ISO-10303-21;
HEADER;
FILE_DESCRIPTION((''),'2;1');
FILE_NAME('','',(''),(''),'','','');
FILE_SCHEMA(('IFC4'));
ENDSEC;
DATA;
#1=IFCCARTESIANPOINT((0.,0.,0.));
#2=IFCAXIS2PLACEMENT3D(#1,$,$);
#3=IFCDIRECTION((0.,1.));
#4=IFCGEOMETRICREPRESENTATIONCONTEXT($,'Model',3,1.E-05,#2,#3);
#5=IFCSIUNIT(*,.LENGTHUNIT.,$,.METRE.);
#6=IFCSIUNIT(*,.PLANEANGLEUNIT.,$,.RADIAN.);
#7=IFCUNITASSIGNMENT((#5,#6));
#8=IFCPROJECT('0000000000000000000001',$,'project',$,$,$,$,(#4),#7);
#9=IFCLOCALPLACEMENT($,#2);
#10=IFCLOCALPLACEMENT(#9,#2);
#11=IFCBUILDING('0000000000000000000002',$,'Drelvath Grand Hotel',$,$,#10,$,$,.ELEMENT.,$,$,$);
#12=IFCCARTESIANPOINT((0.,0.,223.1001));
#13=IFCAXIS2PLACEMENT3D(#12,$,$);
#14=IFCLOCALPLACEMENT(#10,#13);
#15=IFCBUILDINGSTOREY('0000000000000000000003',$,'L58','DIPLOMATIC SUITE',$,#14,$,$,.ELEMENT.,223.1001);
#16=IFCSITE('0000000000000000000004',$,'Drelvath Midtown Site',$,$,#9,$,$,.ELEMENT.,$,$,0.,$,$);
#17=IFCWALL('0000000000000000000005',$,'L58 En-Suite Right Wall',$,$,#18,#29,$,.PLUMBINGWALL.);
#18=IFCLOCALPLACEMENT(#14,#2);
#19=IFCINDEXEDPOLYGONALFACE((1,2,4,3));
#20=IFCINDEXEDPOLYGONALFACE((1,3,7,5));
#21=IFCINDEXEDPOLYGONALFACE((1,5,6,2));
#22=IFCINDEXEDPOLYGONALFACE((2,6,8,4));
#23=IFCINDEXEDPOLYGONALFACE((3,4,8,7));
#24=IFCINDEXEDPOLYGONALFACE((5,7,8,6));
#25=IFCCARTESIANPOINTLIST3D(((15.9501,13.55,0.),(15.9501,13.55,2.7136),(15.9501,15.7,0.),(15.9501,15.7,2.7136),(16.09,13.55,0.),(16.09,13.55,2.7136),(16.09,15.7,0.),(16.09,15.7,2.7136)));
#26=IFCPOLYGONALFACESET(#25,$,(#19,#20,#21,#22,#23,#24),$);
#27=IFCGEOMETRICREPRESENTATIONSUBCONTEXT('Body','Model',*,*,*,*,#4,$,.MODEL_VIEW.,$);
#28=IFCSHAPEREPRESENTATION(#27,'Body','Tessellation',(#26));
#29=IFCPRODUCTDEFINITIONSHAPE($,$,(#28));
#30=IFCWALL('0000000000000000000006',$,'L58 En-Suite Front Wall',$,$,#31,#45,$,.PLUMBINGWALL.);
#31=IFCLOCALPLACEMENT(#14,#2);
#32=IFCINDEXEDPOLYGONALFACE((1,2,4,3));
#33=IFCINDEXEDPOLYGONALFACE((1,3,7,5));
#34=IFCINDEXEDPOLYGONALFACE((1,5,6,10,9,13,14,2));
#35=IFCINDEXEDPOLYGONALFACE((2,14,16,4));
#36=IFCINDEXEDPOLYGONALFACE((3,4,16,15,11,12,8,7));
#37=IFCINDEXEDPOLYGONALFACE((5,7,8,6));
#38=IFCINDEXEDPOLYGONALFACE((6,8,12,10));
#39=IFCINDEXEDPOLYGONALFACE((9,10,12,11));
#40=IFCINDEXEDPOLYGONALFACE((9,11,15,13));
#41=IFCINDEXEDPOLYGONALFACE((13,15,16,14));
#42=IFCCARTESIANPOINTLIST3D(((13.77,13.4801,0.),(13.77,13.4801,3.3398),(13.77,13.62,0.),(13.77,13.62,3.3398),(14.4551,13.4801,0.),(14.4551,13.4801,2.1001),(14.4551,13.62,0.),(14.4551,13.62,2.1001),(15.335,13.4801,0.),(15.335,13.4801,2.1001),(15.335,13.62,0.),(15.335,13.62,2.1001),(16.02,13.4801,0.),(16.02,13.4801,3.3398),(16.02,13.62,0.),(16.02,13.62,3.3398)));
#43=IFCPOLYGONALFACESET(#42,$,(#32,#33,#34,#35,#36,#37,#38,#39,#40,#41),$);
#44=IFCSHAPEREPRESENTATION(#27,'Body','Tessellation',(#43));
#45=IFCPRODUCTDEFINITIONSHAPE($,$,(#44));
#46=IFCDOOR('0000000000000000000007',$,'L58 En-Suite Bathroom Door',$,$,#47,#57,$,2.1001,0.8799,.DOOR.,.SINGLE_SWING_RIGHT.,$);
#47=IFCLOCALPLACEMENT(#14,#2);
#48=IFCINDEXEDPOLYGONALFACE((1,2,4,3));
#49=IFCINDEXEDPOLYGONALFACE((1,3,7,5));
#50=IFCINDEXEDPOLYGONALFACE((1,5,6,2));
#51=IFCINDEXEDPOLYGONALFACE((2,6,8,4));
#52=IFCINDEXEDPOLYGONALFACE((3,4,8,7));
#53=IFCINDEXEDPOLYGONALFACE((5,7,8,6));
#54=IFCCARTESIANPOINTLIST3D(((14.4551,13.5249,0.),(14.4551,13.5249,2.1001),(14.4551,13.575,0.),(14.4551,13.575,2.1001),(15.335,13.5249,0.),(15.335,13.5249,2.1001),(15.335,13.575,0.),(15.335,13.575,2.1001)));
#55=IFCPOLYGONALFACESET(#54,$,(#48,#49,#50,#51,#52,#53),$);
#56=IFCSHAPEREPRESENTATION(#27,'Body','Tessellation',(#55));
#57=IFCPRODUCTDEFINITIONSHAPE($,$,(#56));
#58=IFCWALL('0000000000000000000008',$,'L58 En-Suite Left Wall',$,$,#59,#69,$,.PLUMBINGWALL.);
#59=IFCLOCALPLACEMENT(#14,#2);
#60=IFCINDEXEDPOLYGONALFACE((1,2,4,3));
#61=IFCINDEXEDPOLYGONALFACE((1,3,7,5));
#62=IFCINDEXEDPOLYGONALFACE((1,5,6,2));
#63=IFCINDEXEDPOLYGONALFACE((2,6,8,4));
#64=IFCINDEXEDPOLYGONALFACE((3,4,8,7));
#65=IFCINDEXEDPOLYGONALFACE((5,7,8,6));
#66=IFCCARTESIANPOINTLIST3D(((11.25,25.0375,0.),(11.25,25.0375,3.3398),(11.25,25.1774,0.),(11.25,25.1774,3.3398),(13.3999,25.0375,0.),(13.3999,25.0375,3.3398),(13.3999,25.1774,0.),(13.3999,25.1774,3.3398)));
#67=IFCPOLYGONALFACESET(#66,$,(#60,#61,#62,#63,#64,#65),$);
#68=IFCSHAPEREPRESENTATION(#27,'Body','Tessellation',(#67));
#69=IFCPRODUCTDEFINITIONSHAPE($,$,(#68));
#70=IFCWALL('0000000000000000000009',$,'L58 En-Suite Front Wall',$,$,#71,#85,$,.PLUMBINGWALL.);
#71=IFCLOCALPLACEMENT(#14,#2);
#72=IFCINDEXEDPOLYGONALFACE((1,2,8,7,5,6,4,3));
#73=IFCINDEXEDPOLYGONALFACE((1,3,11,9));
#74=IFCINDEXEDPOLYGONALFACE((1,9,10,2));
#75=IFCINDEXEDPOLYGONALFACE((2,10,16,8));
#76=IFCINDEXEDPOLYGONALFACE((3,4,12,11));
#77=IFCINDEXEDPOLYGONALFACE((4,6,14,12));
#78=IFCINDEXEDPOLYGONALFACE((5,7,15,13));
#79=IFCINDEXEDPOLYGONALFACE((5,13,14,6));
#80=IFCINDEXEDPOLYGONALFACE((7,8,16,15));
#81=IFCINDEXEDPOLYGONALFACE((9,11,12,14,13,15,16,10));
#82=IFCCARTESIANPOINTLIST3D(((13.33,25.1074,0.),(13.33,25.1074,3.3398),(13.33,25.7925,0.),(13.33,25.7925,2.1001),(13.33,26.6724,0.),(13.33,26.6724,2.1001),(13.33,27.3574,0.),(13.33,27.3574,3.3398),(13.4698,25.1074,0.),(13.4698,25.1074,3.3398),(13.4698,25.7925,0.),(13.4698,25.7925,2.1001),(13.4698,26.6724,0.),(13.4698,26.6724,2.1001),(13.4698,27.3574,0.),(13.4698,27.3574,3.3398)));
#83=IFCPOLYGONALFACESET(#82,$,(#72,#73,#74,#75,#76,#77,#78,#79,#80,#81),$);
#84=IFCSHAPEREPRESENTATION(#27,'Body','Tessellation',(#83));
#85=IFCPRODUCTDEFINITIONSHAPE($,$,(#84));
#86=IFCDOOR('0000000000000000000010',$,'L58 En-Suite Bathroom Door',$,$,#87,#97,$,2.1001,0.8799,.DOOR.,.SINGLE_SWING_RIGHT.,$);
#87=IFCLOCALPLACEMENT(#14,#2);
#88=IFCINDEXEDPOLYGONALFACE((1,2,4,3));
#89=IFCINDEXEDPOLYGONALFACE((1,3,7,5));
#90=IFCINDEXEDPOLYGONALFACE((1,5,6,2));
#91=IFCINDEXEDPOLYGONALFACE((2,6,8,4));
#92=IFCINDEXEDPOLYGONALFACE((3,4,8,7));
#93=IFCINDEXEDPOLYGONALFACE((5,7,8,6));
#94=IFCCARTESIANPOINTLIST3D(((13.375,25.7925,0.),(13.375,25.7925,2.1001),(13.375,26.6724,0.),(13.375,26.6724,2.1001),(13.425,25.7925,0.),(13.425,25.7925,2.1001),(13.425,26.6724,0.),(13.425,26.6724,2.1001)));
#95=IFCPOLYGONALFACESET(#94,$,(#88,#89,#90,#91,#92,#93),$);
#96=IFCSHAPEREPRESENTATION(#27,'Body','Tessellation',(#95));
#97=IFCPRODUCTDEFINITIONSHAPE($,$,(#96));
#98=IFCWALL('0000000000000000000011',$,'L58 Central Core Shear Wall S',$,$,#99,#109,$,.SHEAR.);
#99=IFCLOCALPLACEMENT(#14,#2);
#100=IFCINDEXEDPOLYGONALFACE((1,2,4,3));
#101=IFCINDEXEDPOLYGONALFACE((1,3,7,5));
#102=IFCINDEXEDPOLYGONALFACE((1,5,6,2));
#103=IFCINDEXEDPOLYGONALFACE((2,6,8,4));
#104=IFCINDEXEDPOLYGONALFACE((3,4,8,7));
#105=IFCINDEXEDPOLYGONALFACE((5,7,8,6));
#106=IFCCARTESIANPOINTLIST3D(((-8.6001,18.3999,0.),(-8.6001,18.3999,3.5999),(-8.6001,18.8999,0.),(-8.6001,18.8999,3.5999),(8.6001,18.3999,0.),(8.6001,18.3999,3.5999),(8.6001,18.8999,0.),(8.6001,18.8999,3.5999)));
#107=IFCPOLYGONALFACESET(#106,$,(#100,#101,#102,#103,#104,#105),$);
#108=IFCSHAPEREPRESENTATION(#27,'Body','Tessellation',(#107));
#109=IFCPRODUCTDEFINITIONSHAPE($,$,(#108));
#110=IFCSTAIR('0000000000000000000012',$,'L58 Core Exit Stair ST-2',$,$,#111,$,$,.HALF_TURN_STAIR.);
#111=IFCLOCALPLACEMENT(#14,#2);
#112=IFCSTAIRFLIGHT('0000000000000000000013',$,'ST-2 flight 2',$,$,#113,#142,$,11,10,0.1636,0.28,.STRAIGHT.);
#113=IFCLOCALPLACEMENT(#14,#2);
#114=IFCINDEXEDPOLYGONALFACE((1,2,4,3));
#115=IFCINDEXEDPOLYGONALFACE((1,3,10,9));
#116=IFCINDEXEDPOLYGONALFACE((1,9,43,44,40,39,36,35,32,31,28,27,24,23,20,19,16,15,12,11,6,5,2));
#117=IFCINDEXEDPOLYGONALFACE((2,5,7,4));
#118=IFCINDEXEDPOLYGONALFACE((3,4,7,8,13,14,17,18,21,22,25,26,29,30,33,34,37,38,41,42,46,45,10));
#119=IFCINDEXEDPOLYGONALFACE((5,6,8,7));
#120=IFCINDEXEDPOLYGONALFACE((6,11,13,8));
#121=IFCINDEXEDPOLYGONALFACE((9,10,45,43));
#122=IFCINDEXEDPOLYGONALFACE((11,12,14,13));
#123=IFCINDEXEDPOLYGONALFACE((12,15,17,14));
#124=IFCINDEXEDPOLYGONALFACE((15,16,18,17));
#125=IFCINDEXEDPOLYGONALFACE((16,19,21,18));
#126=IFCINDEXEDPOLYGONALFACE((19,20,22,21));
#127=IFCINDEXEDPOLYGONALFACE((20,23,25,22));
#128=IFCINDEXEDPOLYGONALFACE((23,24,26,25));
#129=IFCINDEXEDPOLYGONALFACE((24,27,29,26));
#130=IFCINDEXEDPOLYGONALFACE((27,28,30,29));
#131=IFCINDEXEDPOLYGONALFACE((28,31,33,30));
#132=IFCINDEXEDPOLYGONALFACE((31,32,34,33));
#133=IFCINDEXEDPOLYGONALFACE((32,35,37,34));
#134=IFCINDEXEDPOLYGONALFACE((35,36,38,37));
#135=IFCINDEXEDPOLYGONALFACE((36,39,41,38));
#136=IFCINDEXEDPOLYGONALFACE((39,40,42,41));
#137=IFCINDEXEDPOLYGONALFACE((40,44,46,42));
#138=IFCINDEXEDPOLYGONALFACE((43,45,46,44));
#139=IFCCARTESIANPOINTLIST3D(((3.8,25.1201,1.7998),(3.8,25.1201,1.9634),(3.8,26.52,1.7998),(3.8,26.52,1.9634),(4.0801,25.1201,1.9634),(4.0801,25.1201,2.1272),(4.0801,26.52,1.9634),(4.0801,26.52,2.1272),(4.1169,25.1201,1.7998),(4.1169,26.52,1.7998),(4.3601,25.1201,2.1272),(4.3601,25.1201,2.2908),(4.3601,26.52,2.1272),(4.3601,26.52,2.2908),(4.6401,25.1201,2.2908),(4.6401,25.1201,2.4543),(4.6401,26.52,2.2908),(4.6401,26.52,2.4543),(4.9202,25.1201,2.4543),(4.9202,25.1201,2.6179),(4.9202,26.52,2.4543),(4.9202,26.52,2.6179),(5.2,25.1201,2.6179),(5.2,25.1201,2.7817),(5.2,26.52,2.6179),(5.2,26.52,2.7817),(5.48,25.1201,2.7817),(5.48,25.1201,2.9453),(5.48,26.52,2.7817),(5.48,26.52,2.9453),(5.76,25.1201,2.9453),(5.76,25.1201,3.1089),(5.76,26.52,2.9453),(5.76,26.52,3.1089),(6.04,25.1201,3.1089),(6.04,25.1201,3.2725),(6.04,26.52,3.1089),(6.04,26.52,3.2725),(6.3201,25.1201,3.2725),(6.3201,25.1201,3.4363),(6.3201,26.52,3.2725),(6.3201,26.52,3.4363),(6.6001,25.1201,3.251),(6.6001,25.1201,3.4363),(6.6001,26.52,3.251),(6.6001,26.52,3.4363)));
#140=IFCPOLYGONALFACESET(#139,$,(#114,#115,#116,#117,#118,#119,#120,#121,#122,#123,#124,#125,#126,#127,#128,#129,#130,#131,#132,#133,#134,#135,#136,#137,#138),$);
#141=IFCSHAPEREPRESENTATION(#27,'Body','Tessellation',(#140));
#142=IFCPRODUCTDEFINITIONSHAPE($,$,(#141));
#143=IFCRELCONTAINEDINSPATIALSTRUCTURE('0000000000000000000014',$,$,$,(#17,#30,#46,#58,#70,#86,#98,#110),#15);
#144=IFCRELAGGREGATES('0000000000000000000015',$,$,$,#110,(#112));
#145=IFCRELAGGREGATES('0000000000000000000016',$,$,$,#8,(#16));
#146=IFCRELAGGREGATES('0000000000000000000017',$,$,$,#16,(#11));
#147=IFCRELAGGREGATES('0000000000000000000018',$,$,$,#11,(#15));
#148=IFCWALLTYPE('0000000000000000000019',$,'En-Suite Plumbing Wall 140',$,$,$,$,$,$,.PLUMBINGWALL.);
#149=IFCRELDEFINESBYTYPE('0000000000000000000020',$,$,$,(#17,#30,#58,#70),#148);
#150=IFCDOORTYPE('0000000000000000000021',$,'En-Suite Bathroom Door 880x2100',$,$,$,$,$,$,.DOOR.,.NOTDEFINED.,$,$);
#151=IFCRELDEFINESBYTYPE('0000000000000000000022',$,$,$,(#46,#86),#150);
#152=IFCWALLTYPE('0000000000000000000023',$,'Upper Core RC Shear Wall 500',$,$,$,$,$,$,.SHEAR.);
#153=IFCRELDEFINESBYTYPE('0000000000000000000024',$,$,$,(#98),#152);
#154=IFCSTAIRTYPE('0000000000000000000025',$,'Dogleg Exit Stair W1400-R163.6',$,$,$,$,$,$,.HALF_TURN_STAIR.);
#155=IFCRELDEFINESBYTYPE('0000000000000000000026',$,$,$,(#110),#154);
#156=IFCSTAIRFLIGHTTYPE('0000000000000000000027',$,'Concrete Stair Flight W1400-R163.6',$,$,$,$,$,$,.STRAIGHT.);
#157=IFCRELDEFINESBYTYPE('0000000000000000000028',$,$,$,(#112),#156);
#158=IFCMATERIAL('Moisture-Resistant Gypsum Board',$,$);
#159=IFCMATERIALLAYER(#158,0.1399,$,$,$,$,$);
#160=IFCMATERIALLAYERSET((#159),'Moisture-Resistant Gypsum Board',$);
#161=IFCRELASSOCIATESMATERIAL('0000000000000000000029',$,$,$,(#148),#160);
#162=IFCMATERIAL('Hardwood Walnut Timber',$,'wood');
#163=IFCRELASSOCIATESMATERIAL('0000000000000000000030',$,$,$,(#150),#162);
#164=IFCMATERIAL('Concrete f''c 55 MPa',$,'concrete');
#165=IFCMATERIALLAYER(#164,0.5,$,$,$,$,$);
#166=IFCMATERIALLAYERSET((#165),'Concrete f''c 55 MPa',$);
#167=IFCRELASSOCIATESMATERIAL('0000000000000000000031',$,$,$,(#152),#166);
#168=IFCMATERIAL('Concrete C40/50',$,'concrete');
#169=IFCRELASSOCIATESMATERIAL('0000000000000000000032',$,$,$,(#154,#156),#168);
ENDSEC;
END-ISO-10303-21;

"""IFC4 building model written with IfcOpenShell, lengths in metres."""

from ifc_helpers import new_model, si_unit, direction, frame, frame_2d, origin, place, context, subcontext, project, spatial, polyline, rectangle, outline, extrude, material, layer, layer_set, type_object, element, fill, aggregate, save


model = new_model("IFC4")

# Units and contexts
model_context = context("Model", 3, precision=1e-05, world=origin(), true_north=direction((0.0, 1.0)))
body_context = subcontext(model_context, "Body", "Model", "MODEL_VIEW")
ifc_project = project(units=[si_unit("LENGTHUNIT", "METRE"), si_unit("PLANEANGLEUNIT", "RADIAN")], contexts=[model_context])

# Site, building, storey
site_placement = place(None, origin())
site = spatial("IfcSite", under=ifc_project, at=site_placement, Name="Drelvath Midtown Site", CompositionType="ELEMENT", RefElevation=0.0)
building_placement = place(site_placement, origin())
building = spatial("IfcBuilding", under=site, at=building_placement, Name="Drelvath Grand Hotel", CompositionType="ELEMENT")
storey_placement = place(building_placement, frame((0.0, 0.0, 223.1001)))
storey = spatial("IfcBuildingStorey", under=building, at=storey_placement, Name="L58", Description="DIPLOMATIC SUITE", CompositionType="ELEMENT", Elevation=223.1001)

# Shared definitions
ifc_material_1 = material(Name="Concrete f'c 55 MPa", Category="concrete")

# Shared definitions
ifc_material_2 = material(Name="Concrete C40/50", Category="concrete")

# Shared definitions
ifc_material_3 = material(Name="Hardwood Walnut Timber", Category="wood")

# Wall
ifc_material_4 = material(Name="Moisture-Resistant Gypsum Board")
ifc_layer_1 = layer(ifc_material_4, 0.1399)
ifc_layer_set_1 = layer_set([ifc_layer_1], Name="Moisture-Resistant Gypsum Board")
wall_type_1 = type_object("IfcWallType", Name="En-Suite Plumbing Wall 140", PredefinedType="PLUMBINGWALL", material=ifc_layer_set_1)
wall_1_placement = place(storey_placement, frame((16.02, 15.7, 0.0), z_axis=(0.0, 0.0, 1.0), x_axis=(0.0, -1.0, 0.0)))
element("IfcWall", 1, at=wall_1_placement, inside=storey, type_object=wall_type_1, Name="L58 En-Suite Right Wall", PredefinedType="PLUMBINGWALL", context=body_context, shape_type="SweptSolid", body=[
    extrude(rectangle(XDim=2.1499, YDim=0.1399, at=frame_2d((1.075, 0.0))), origin(), (0.0, 0.0, 1.0), 2.7136),
])

# Wall, opening, door
wall_2_placement = place(storey_placement, frame((13.77, 13.55, 0.0), z_axis=(0.0, 0.0, 1.0), x_axis=(1.0, 0.0, 0.0)))
wall_2 = element("IfcWall", 2, at=wall_2_placement, inside=storey, type_object=wall_type_1, Name="L58 En-Suite Front Wall", PredefinedType="PLUMBINGWALL", context=body_context, shape_type="SweptSolid", body=[
    extrude(rectangle(XDim=2.25, YDim=0.1399, at=frame_2d((1.125, 0.0))), origin(), (0.0, 0.0, 1.0), 3.3398),
])
opening_1_placement = place(wall_2_placement, frame((0.6851, 0.0, 0.0)))
opening_1 = element("IfcOpeningElement", 3, at=opening_1_placement, cuts=wall_2, PredefinedType="OPENING", context=body_context, shape_type="SweptSolid", body=[
    extrude(rectangle(XDim=0.8799, YDim=2.1001, at=frame_2d((0.4399, 1.05))), frame((0.0, 0.0798, 0.0), z_axis=(0.0, -1.0, 0.0), x_axis=(1.0, 0.0, 0.0)), (0.0, 0.0, 1.0), 0.1599),
])
door_type_1 = type_object("IfcDoorType", Name="En-Suite Bathroom Door 880x2100", OperationType="NOTDEFINED", PredefinedType="DOOR", material=ifc_material_3)
door_1_placement = place(opening_1_placement, origin())
door_1 = element("IfcDoor", 4, at=door_1_placement, inside=storey, type_object=door_type_1, Name="L58 En-Suite Bathroom Door", OperationType="SINGLE_SWING_RIGHT", OverallHeight=2.1001, OverallWidth=0.8799, PredefinedType="DOOR", context=body_context, shape_type="SweptSolid", body=[
    extrude(rectangle(XDim=0.8799, YDim=2.1001, at=frame_2d((0.4399, 1.05))), frame((0.0, 0.0249, 0.0), z_axis=(0.0, -1.0, 0.0), x_axis=(1.0, 0.0, 0.0)), (0.0, 0.0, 1.0), 0.05),
])
fill(opening_1, door_1)

# Wall
wall_3_placement = place(storey_placement, frame((11.25, 25.1074, 0.0), z_axis=(0.0, 0.0, 1.0), x_axis=(1.0, 0.0, 0.0)))
element("IfcWall", 5, at=wall_3_placement, inside=storey, type_object=wall_type_1, Name="L58 En-Suite Left Wall", PredefinedType="PLUMBINGWALL", context=body_context, shape_type="SweptSolid", body=[
    extrude(rectangle(XDim=2.1499, YDim=0.1399, at=frame_2d((1.075, 0.0))), origin(), (0.0, 0.0, 1.0), 3.3398),
])

# Wall, opening, door
wall_4_placement = place(storey_placement, frame((13.3999, 25.1074, 0.0), z_axis=(0.0, 0.0, 1.0), x_axis=(0.0, 1.0, 0.0)))
wall_4 = element("IfcWall", 6, at=wall_4_placement, inside=storey, type_object=wall_type_1, Name="L58 En-Suite Front Wall", PredefinedType="PLUMBINGWALL", context=body_context, shape_type="SweptSolid", body=[
    extrude(rectangle(XDim=2.25, YDim=0.1399, at=frame_2d((1.125, 0.0))), origin(), (0.0, 0.0, 1.0), 3.3398),
])
opening_2_placement = place(wall_4_placement, frame((0.6851, 0.0, 0.0)))
opening_2 = element("IfcOpeningElement", 7, at=opening_2_placement, cuts=wall_4, PredefinedType="OPENING", context=body_context, shape_type="SweptSolid", body=[
    extrude(rectangle(XDim=0.8799, YDim=2.1001, at=frame_2d((0.4399, 1.05))), frame((0.0, 0.0798, 0.0), z_axis=(0.0, -1.0, 0.0), x_axis=(1.0, 0.0, 0.0)), (0.0, 0.0, 1.0), 0.1599),
])
door_2_placement = place(opening_2_placement, origin())
door_2 = element("IfcDoor", 8, at=door_2_placement, inside=storey, type_object=door_type_1, Name="L58 En-Suite Bathroom Door", OperationType="SINGLE_SWING_RIGHT", OverallHeight=2.1001, OverallWidth=0.8799, PredefinedType="DOOR", context=body_context, shape_type="SweptSolid", body=[
    extrude(rectangle(XDim=0.8799, YDim=2.1001, at=frame_2d((0.4399, 1.05))), frame((0.0, 0.0249, 0.0), z_axis=(0.0, -1.0, 0.0), x_axis=(1.0, 0.0, 0.0)), (0.0, 0.0, 1.0), 0.05),
])
fill(opening_2, door_2)

# Wall
ifc_layer_2 = layer(ifc_material_1, 0.5)
ifc_layer_set_2 = layer_set([ifc_layer_2], Name="Concrete f'c 55 MPa")
wall_type_2 = type_object("IfcWallType", Name="Upper Core RC Shear Wall 500", PredefinedType="SHEAR", material=ifc_layer_set_2)
wall_5_placement = place(storey_placement, frame((8.6001, 18.6499, 0.0), z_axis=(0.0, 0.0, 1.0), x_axis=(-1.0, 0.0, 0.0)))
element("IfcWall", 9, at=wall_5_placement, inside=storey, type_object=wall_type_2, Name="L58 Central Core Shear Wall S", PredefinedType="SHEAR", context=body_context, shape_type="SweptSolid", body=[
    extrude(rectangle(XDim=17.2002, YDim=0.5, at=frame_2d((8.6001, 0.0))), origin(), (0.0, 0.0, 1.0), 3.5999),
])

# Stair, stair flight
stair_type = type_object("IfcStairType", Name="Dogleg Exit Stair W1400-R163.6", PredefinedType="HALF_TURN_STAIR", material=ifc_material_2)
stair_placement = place(storey_placement, origin())
stair = element("IfcStair", 10, at=stair_placement, inside=storey, type_object=stair_type, Name="L58 Core Exit Stair ST-2", PredefinedType="HALF_TURN_STAIR")
stair_flight_type = type_object("IfcStairFlightType", Name="Concrete Stair Flight W1400-R163.6", PredefinedType="STRAIGHT", material=ifc_material_2)
stair_flight_placement = place(storey_placement, frame((3.8, 25.8201, 1.7998), z_axis=(0.0, 0.0, 1.0), x_axis=(1.0, 0.0, 0.0)))
stair_flight = element("IfcStairFlight", 11, at=stair_flight_placement, type_object=stair_flight_type, Name="ST-2 flight 2", NumberOfRisers=11, NumberOfTreads=10, PredefinedType="STRAIGHT", RiserHeight=0.1636, TreadLength=0.28, context=body_context, shape_type="SweptSolid", body=[
    extrude(outline(polyline([(0.0, 0.0), (0.0, 0.1636), (0.28, 0.1636), (0.28, 0.3274), (0.5601, 0.3274), (0.5601, 0.491), (0.8401, 0.491), (0.8401, 0.6545), (1.1201, 0.6545), (1.1201, 0.8181), (1.3999, 0.8181), (1.3999, 0.9819), (1.6799, 0.9819), (1.6799, 1.1455), (1.96, 1.1455), (1.96, 1.3091), (2.24, 1.3091), (2.24, 1.4727), (2.52, 1.4727), (2.52, 1.6365), (2.8, 1.6365), (2.8, 1.8), (2.8, 1.4512), (0.3169, 0.0), (0.0, 0.0)])), frame((0.0, 0.7, 0.0), z_axis=(0.0, -1.0, 0.0), x_axis=(1.0, 0.0, 0.0)), (0.0, 0.0, 1.0), 1.3999),
])
aggregate(stair, [stair_flight])

save(model, "model.ifc")
